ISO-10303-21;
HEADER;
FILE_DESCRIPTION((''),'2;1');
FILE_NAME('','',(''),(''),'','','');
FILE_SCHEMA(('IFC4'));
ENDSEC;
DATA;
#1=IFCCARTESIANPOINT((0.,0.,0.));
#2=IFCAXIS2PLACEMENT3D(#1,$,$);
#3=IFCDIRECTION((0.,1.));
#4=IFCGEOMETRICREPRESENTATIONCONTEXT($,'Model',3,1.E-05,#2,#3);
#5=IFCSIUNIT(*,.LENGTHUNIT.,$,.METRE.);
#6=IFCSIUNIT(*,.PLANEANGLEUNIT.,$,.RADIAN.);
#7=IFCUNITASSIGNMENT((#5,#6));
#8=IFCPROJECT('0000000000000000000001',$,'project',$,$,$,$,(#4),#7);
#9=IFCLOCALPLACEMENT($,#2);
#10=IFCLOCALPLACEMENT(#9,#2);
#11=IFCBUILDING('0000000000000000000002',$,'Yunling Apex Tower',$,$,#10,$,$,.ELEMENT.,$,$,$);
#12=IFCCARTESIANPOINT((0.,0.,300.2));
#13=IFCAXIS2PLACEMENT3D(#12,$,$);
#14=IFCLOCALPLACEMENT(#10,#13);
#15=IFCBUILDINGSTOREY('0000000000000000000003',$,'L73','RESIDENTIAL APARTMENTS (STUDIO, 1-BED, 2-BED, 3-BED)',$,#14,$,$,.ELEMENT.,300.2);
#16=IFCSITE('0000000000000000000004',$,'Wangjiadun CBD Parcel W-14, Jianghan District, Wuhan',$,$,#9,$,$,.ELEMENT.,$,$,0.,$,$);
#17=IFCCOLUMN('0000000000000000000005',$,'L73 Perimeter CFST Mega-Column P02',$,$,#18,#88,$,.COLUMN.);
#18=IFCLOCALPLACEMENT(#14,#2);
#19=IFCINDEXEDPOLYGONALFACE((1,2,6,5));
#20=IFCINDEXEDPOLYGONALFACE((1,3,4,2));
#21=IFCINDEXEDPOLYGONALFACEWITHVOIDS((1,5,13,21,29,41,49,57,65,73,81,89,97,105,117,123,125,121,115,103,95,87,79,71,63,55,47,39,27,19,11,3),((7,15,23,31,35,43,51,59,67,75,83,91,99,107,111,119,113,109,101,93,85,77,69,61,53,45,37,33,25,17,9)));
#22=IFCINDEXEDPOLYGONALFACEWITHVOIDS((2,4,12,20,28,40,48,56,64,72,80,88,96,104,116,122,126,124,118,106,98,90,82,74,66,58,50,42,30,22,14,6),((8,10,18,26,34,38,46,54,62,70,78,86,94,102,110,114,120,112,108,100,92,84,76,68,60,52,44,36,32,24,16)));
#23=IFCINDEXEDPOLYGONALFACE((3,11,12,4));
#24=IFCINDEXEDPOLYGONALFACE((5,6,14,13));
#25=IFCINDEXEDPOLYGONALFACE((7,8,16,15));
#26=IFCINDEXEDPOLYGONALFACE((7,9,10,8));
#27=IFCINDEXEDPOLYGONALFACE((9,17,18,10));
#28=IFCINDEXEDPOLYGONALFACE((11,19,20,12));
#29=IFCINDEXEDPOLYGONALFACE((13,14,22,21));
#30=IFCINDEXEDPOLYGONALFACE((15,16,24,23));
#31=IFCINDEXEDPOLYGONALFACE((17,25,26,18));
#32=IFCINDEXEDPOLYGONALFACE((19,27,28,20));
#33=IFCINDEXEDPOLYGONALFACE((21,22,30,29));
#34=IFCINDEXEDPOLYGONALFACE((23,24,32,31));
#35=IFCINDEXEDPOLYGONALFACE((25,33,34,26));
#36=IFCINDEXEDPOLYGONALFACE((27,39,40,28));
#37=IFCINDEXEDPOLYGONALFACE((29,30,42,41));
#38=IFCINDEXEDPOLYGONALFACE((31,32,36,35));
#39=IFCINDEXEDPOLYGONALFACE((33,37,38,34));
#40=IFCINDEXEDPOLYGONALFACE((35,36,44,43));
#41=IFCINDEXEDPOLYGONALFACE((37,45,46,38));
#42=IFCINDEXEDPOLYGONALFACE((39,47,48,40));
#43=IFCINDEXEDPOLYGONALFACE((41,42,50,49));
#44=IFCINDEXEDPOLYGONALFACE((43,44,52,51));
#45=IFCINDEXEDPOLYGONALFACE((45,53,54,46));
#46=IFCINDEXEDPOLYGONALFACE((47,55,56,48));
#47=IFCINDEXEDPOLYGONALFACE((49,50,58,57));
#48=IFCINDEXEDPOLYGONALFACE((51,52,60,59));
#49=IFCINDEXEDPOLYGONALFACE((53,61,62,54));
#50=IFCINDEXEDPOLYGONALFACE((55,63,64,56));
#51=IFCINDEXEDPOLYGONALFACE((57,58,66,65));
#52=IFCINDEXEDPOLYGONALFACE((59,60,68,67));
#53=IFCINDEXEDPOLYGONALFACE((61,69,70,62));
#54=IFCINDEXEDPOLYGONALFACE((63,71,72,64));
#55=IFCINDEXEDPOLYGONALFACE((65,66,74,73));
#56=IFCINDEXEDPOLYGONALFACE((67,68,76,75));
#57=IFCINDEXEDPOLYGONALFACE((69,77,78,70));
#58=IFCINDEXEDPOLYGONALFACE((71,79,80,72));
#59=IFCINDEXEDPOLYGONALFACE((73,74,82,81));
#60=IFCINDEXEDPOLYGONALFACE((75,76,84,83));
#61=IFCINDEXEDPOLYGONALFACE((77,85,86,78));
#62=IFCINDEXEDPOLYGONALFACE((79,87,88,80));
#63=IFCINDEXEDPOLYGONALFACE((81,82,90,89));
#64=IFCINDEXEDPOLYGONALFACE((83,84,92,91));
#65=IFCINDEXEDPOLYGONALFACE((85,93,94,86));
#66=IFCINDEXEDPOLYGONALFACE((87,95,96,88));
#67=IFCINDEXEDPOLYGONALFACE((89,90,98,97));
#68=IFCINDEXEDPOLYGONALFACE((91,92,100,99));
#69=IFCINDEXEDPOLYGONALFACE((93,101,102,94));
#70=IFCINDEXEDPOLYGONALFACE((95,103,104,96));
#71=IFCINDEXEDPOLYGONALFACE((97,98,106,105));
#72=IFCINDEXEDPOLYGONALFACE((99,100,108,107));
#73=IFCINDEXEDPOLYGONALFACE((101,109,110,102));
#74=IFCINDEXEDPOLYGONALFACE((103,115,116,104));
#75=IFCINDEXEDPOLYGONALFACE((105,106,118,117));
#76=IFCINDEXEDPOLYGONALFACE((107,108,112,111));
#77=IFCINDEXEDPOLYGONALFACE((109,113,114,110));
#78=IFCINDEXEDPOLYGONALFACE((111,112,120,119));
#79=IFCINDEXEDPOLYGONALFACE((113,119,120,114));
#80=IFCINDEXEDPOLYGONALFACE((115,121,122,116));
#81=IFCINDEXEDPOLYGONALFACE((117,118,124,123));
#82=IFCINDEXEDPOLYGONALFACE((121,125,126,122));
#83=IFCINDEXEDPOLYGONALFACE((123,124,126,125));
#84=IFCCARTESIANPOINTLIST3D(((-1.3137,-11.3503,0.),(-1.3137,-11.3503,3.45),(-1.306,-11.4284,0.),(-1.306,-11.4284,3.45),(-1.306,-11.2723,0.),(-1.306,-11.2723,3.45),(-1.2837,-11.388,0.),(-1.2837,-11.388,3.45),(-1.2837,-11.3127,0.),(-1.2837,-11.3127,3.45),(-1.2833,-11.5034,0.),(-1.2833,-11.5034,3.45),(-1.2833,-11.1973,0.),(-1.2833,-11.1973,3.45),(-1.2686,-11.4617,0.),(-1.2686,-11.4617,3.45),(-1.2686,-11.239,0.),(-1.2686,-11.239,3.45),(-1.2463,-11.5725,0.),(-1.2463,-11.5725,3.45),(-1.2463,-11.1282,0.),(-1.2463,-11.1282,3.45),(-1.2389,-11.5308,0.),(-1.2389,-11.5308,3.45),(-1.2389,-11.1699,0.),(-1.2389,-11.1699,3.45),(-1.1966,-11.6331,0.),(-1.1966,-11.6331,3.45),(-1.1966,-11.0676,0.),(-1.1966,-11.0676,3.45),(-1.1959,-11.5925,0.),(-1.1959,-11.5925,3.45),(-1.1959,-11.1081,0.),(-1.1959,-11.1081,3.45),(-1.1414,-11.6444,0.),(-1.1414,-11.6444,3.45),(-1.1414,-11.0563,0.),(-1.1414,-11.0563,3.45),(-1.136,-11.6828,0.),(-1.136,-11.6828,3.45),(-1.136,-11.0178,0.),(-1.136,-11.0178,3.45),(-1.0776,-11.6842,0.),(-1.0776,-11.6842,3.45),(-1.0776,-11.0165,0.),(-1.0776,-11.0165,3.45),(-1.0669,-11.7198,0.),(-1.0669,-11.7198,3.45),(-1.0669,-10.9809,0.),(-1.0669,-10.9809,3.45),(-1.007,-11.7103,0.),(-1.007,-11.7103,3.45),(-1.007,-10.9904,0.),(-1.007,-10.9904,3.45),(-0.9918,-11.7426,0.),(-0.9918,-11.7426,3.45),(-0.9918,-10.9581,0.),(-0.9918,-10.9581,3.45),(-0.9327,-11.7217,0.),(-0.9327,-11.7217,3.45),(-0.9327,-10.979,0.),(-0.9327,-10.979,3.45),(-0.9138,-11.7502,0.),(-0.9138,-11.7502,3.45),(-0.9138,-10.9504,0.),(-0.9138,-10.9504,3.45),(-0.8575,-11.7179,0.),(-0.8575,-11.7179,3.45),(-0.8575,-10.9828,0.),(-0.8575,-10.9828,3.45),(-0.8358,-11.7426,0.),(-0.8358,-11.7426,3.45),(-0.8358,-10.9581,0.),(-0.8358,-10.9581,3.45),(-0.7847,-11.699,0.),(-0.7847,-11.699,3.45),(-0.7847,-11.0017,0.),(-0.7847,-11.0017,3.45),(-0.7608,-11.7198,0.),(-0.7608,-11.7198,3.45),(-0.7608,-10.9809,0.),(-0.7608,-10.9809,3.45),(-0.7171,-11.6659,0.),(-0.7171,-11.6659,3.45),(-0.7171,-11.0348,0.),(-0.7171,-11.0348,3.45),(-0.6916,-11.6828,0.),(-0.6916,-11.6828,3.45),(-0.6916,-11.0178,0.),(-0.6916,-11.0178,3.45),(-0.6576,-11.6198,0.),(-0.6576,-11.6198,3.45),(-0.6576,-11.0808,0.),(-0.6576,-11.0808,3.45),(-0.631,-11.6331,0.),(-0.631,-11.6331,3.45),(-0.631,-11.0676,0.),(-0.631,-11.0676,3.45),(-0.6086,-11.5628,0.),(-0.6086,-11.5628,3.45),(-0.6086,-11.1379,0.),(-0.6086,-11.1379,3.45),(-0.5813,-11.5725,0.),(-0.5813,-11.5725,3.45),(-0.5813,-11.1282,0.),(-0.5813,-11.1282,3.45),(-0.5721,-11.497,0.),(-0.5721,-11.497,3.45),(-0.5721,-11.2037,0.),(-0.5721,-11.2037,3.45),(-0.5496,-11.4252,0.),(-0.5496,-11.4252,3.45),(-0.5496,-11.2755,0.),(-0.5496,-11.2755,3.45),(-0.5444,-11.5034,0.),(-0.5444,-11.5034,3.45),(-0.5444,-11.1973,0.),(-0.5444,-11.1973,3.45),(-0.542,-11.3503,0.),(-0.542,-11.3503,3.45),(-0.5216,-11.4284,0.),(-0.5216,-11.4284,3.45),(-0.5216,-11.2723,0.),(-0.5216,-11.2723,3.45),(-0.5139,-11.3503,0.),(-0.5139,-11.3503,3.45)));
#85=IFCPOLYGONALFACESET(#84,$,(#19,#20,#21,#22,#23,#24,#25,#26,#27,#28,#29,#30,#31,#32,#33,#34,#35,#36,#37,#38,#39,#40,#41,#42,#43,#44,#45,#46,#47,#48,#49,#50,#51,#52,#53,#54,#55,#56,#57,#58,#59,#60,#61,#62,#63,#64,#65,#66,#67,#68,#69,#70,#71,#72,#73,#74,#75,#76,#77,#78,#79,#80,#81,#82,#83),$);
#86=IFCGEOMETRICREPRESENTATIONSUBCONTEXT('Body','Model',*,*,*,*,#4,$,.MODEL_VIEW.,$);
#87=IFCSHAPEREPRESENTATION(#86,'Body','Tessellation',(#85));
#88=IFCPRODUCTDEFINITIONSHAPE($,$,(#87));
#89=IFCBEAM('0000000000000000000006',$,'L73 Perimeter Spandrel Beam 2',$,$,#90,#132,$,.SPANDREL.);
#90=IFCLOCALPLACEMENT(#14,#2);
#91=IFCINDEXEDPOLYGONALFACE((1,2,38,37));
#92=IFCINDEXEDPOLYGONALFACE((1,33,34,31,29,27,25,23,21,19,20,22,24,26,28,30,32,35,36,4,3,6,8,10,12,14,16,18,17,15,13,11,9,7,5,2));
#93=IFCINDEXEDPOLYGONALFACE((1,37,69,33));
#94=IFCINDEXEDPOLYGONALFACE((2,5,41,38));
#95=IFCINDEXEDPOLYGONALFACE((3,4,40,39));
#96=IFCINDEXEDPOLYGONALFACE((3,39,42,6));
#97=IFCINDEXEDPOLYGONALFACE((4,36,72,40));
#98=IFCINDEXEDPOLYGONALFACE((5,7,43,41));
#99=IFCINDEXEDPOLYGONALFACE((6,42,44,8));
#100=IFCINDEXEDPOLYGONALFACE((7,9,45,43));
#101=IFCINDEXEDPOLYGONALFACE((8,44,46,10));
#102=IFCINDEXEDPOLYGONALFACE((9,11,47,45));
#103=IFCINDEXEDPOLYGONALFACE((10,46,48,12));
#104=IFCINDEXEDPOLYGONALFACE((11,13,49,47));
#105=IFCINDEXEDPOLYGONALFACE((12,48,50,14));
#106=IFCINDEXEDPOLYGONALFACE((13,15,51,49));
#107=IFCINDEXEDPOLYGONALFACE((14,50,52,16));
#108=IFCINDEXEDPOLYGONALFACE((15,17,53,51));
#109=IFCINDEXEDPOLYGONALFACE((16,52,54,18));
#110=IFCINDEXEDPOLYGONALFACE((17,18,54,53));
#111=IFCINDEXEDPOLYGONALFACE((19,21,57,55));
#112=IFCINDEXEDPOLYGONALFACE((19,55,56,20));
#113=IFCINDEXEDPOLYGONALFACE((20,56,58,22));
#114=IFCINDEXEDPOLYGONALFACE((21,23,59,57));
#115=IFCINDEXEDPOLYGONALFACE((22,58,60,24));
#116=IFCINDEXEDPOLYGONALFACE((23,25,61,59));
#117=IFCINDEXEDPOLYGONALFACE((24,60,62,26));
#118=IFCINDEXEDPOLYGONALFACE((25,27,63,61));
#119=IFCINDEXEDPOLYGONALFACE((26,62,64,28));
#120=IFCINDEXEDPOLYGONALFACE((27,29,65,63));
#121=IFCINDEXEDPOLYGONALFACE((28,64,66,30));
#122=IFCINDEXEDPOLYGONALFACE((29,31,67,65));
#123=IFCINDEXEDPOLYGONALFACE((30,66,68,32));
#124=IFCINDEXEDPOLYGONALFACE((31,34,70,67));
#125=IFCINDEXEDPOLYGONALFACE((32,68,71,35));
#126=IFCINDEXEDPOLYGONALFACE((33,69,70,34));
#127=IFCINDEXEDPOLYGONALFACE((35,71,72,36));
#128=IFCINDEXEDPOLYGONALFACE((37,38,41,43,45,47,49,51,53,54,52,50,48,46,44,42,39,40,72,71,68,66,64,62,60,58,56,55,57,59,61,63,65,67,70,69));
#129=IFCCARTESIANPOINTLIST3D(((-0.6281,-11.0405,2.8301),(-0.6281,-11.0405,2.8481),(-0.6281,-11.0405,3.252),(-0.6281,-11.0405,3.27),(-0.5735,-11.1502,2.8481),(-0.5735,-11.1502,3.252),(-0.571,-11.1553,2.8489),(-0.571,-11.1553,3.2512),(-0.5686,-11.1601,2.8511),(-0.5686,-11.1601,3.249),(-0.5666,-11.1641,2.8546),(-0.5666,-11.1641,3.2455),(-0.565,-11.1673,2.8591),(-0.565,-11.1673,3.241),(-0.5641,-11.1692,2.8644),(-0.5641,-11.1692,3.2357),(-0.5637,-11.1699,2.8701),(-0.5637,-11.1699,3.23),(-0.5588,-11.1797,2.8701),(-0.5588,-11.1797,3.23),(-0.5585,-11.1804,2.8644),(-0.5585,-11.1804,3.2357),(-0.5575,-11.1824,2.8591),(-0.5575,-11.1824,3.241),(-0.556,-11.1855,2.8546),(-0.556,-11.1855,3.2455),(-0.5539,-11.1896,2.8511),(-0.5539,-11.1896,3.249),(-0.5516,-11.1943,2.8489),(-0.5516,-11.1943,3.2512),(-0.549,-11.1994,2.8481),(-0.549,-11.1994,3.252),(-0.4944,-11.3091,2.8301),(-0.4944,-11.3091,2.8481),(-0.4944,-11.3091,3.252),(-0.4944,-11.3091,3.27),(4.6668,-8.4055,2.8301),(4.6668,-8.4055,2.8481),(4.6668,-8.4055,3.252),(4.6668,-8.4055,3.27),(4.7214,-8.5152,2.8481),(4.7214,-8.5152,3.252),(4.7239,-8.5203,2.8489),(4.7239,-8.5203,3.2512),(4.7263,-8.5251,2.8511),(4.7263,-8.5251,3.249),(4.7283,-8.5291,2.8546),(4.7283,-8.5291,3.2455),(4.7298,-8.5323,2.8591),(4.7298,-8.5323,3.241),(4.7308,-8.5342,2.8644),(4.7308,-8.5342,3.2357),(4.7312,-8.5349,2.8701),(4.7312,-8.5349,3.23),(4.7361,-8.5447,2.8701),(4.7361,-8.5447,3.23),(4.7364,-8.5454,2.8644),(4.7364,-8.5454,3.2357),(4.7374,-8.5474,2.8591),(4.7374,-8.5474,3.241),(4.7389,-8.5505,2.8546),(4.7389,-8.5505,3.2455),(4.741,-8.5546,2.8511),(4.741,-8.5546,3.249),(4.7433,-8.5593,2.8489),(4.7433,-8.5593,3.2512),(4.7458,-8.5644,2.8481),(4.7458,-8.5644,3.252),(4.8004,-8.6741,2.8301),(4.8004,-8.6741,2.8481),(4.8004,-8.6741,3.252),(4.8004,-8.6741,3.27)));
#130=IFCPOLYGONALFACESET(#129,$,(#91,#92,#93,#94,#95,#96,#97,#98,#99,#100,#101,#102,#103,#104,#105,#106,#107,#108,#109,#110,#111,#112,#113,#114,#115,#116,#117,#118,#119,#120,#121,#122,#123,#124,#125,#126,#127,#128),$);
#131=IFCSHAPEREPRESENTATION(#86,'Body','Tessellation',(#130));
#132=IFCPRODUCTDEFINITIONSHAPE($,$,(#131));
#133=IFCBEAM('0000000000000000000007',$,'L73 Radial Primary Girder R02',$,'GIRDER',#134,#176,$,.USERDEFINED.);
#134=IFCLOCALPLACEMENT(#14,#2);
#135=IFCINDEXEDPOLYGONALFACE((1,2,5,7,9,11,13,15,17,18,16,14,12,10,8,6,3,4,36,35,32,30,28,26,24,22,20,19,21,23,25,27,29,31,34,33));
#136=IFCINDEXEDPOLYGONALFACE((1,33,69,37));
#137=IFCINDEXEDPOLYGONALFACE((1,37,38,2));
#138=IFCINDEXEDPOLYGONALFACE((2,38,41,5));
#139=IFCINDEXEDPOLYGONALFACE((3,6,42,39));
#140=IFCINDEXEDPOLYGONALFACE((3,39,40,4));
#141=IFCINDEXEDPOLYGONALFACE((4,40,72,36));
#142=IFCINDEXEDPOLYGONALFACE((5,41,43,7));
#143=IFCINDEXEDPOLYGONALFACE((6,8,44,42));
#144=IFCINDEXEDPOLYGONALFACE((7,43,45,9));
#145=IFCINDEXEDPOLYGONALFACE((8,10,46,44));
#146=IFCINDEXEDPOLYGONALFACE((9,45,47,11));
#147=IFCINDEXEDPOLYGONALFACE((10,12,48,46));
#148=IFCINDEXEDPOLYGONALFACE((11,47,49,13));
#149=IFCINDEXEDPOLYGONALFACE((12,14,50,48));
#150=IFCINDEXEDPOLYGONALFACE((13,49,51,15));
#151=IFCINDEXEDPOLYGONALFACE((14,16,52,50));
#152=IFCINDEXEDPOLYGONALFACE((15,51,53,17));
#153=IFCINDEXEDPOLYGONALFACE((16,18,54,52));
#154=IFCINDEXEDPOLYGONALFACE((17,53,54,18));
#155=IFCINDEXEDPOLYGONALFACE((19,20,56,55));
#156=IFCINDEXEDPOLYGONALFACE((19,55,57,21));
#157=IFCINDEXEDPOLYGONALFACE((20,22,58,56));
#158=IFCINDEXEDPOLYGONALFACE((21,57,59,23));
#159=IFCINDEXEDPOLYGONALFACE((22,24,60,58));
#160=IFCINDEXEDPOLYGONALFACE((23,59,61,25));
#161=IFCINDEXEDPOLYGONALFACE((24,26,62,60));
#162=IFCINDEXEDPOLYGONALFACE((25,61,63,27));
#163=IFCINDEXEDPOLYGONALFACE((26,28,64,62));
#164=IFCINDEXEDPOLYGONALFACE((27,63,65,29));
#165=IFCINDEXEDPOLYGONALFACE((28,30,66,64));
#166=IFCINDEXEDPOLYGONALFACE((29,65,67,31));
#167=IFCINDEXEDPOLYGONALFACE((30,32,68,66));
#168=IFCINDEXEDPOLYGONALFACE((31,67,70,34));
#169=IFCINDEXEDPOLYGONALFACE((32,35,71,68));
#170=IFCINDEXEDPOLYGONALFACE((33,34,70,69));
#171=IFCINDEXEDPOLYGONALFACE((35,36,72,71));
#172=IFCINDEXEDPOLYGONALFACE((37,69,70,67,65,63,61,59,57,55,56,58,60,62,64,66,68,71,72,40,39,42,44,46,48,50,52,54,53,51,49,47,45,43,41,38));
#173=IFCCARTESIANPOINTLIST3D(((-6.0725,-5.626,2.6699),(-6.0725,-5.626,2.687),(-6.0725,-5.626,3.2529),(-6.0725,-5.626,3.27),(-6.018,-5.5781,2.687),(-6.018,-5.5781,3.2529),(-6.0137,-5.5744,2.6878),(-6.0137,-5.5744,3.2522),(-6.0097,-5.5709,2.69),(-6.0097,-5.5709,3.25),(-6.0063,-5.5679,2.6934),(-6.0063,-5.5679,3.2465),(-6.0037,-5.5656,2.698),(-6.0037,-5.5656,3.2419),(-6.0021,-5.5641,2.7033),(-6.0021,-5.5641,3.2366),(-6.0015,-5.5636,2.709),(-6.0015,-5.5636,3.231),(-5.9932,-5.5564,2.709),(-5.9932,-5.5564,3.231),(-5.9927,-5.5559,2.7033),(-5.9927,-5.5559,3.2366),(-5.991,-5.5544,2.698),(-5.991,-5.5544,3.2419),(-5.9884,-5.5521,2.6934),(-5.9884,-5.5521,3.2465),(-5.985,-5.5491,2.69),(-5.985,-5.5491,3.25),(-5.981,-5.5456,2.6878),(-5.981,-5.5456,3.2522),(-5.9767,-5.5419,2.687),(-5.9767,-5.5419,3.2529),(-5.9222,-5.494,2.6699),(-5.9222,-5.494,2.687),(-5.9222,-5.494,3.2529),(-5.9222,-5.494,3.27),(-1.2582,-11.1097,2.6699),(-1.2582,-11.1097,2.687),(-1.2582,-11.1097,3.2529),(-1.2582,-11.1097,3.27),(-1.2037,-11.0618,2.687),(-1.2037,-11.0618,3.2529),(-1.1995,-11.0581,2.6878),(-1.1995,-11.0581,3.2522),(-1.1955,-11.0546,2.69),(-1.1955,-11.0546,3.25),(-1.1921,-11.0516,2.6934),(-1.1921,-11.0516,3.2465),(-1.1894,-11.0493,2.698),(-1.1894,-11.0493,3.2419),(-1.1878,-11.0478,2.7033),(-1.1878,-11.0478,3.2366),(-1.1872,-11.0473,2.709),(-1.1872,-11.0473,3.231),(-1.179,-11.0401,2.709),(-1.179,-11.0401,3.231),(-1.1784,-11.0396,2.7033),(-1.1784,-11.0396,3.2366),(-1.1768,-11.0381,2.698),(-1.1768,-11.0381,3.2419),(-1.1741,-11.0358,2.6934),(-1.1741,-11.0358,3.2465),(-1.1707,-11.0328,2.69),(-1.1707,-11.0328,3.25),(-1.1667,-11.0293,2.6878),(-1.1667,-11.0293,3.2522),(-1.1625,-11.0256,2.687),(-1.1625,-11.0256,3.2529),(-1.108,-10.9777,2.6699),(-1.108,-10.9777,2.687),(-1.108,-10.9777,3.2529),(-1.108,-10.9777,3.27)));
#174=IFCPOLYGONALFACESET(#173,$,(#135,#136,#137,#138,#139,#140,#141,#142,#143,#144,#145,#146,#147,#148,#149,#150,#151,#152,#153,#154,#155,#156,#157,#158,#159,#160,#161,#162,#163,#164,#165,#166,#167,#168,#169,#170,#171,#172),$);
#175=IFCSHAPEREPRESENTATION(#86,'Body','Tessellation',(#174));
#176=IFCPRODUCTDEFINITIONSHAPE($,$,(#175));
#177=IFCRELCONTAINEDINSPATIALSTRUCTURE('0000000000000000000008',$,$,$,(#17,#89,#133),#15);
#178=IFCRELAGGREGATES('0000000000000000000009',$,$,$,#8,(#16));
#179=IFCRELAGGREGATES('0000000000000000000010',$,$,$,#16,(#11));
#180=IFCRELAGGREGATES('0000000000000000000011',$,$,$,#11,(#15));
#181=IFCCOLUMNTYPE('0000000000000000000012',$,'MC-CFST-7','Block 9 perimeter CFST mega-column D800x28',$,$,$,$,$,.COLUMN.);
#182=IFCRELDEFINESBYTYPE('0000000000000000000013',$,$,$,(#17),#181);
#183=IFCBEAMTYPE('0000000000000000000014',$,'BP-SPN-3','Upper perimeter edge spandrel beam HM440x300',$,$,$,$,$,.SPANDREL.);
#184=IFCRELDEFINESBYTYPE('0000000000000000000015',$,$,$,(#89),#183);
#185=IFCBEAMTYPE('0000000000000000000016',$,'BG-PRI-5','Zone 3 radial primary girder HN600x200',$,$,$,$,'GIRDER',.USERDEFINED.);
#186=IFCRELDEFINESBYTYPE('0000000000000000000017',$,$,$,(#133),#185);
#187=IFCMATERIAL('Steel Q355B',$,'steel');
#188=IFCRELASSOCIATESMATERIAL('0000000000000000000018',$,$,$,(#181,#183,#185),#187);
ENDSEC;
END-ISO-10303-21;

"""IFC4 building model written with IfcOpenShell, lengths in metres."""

from ifc_helpers import new_model, si_unit, direction, frame, origin, origin_2d, place, context, subcontext, project, spatial, hollow_circle, i_section, extrude, source, transform, mapped, material, material_profile, profile_set, type_object, element, save


model = new_model("IFC4")

# Units and contexts
model_context = context("Model", 3, precision=1e-05, world=origin(), true_north=direction((0.0, 1.0)))
body_context = subcontext(model_context, "Body", "Model", "MODEL_VIEW")
ifc_project = project(units=[si_unit("LENGTHUNIT", "METRE"), si_unit("PLANEANGLEUNIT", "RADIAN")], contexts=[model_context])

# Site, building, storey
site_placement = place(None, origin())
site = spatial("IfcSite", under=ifc_project, at=site_placement, Name="Wangjiadun CBD Parcel W-14, Jianghan District, Wuhan", CompositionType="ELEMENT", RefElevation=0.0)
building_placement = place(site_placement, origin())
building = spatial("IfcBuilding", under=site, at=building_placement, Name="Yunling Apex Tower", CompositionType="ELEMENT")
storey_placement = place(building_placement, frame((0.0, 0.0, 300.2)))
storey = spatial("IfcBuildingStorey", under=building, at=storey_placement, Name="L73", Description="RESIDENTIAL APARTMENTS (STUDIO, 1-BED, 2-BED, 3-BED)", CompositionType="ELEMENT", Elevation=300.2)

# Column
ifc_material_1 = material(Name="Steel Q355B", Category="steel")
ifc_material_profile_1 = material_profile(ifc_material_1, hollow_circle(Radius=0.3999, WallThickness=0.0281, at=origin_2d()))
ifc_profile_set_1 = profile_set([ifc_material_profile_1], Name="Steel Q355B")
column_type = type_object("IfcColumnType", Name="MC-CFST-7", Description="Block 9 perimeter CFST mega-column D800x28", PredefinedType="COLUMN", material=ifc_profile_set_1)
shared_shape_1 = source(origin(), body_context, "Body", "SweptSolid", [
    extrude(hollow_circle(Radius=0.3999, WallThickness=0.0281, at=origin_2d()), origin(), (0.0, 0.0, 1.0), 3.45),
])
column_placement = place(storey_placement, frame((-0.9138, -11.3503, 0.0), z_axis=(0.0, 0.0, 1.0), x_axis=(1.0, 0.0, 0.0)))
element("IfcColumn", 1, at=column_placement, inside=storey, type_object=column_type, Name="L73 Perimeter CFST Mega-Column P02", PredefinedType="COLUMN", context=body_context, shape_type="MappedRepresentation", body=[
    mapped(shared_shape_1, transform((0.0, 0.0, 0.0), scale=1.0)),
])

# Beams
ifc_material_profile_2 = material_profile(ifc_material_1, i_section(OverallWidth=0.3, OverallDepth=0.4399, WebThickness=0.011, FlangeThickness=0.0181, FilletRadius=0.022, at=origin_2d()))
ifc_profile_set_2 = profile_set([ifc_material_profile_2], Name="Steel Q355B")
beam_type_1 = type_object("IfcBeamType", Name="BP-SPN-3", Description="Upper perimeter edge spandrel beam HM440x300", PredefinedType="SPANDREL", material=ifc_profile_set_2)
shared_shape_2 = source(origin(), body_context, "Body", "SweptSolid", [
    extrude(i_section(OverallWidth=0.3, OverallDepth=0.4399, WebThickness=0.011, FlangeThickness=0.0181, FilletRadius=0.022, at=origin_2d()), origin(), (0.0, 0.0, 1.0), 5.9143),
])
beam_1_placement = place(storey_placement, frame((-0.5613, -11.1748, 3.05), z_axis=(0.895268, 0.445529, 0.0), x_axis=(-0.445529, 0.895268, 0.0)))
element("IfcBeam", 2, at=beam_1_placement, inside=storey, type_object=beam_type_1, Name="L73 Perimeter Spandrel Beam 2", PredefinedType="SPANDREL", context=body_context, shape_type="MappedRepresentation", body=[
    mapped(shared_shape_2, transform((0.0, 0.0, 0.0), scale=1.0)),
])
ifc_material_profile_3 = material_profile(ifc_material_1, i_section(OverallWidth=0.2, OverallDepth=0.6001, WebThickness=0.011, FlangeThickness=0.0171, FilletRadius=0.022, at=origin_2d()))
ifc_profile_set_3 = profile_set([ifc_material_profile_3], Name="Steel Q355B")
beam_type_2 = type_object("IfcBeamType", Name="BG-PRI-5", Description="Zone 3 radial primary girder HN600x200", ElementType="GIRDER", PredefinedType="USERDEFINED", material=ifc_profile_set_3)
shared_shape_3 = source(origin(), body_context, "Body", "SweptSolid", [
    extrude(i_section(OverallWidth=0.2, OverallDepth=0.6001, WebThickness=0.011, FlangeThickness=0.0171, FilletRadius=0.022, at=origin_2d()), origin(), (0.0, 0.0, 1.0), 7.2971),
])
beam_2_placement = place(storey_placement, frame((-1.1831, -11.0437, 2.97), z_axis=(-0.659747, 0.751488, 0.0), x_axis=(-0.751488, -0.659747, 0.0)))
element("IfcBeam", 3, at=beam_2_placement, inside=storey, type_object=beam_type_2, Name="L73 Radial Primary Girder R02", ObjectType="GIRDER", PredefinedType="USERDEFINED", context=body_context, shape_type="MappedRepresentation", body=[
    mapped(shared_shape_3, transform((0.0, 0.0, 0.0), scale=1.0)),
])

save(model, "model.ifc")
